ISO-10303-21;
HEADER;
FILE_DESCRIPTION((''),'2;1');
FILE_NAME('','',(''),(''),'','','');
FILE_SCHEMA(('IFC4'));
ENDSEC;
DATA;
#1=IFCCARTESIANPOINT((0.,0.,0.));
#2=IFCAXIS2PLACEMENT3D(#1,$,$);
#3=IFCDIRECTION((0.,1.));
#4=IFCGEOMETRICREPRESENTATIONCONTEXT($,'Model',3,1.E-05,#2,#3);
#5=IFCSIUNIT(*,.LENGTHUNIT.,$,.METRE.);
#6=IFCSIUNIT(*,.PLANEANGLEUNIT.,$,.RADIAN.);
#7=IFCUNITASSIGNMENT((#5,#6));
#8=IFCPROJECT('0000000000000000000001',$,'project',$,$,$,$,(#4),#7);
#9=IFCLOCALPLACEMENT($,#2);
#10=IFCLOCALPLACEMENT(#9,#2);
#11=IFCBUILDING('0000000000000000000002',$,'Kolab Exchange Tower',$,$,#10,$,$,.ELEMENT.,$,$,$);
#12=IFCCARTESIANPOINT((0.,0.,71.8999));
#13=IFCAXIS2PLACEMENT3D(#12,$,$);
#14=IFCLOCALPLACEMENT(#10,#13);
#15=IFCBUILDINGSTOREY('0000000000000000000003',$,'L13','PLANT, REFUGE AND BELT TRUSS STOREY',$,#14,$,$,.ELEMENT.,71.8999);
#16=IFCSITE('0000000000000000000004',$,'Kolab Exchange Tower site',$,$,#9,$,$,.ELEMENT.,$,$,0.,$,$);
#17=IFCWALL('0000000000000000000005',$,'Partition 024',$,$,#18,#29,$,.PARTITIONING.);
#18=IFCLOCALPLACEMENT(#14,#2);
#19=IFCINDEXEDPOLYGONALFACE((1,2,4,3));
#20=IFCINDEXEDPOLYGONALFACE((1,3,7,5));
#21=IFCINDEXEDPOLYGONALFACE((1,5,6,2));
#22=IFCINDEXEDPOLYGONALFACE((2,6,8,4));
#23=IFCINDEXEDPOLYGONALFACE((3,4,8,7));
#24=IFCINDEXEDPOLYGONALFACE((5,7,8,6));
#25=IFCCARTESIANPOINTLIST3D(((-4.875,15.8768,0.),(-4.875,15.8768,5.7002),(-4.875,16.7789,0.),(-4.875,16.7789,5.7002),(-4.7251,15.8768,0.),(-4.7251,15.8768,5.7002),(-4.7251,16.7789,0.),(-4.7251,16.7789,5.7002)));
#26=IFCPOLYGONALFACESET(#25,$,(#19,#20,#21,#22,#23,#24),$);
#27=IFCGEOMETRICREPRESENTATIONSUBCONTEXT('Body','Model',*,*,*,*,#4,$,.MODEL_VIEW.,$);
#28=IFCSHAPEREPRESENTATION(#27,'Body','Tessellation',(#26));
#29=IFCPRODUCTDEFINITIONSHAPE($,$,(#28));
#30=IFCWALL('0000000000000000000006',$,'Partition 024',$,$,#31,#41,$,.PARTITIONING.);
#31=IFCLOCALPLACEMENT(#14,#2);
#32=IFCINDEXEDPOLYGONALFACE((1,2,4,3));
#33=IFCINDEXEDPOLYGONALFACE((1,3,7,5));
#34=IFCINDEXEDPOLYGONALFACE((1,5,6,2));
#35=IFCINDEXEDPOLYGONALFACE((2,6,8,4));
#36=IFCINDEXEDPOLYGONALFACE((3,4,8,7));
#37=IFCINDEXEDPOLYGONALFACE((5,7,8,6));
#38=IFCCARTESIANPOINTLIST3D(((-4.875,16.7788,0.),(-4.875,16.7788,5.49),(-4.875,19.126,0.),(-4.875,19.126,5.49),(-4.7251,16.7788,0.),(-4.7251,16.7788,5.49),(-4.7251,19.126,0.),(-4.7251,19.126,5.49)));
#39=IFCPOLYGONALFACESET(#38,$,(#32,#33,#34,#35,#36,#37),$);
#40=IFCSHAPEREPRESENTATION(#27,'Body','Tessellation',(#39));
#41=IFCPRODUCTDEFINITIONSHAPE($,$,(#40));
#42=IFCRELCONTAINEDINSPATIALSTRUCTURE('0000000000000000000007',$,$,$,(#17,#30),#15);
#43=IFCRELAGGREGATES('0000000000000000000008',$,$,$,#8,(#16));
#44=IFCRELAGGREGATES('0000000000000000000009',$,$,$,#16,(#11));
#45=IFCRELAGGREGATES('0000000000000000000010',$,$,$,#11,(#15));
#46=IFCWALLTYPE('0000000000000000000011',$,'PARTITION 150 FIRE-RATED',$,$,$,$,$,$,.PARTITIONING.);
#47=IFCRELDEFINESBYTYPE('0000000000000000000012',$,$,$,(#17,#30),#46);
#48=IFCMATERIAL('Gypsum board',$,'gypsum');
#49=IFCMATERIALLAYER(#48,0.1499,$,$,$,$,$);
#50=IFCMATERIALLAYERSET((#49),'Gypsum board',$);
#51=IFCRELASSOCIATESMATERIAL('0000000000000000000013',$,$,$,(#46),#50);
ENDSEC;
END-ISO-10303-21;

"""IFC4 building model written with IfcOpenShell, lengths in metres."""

from ifc_helpers import new_model, si_unit, direction, frame, frame_2d, origin, place, context, subcontext, project, spatial, rectangle, extrude, material, layer, layer_set, type_object, element, save


model = new_model("IFC4")

# Units and contexts
model_context = context("Model", 3, precision=1e-05, world=origin(), true_north=direction((0.0, 1.0)))
body_context = subcontext(model_context, "Body", "Model", "MODEL_VIEW")
ifc_project = project(units=[si_unit("LENGTHUNIT", "METRE"), si_unit("PLANEANGLEUNIT", "RADIAN")], contexts=[model_context])

# Site, building, storey
site_placement = place(None, origin())
site = spatial("IfcSite", under=ifc_project, at=site_placement, Name="Kolab Exchange Tower site", CompositionType="ELEMENT", RefElevation=0.0)
building_placement = place(site_placement, origin())
building = spatial("IfcBuilding", under=site, at=building_placement, Name="Kolab Exchange Tower", CompositionType="ELEMENT")
storey_placement = place(building_placement, frame((0.0, 0.0, 71.8999)))
storey = spatial("IfcBuildingStorey", under=building, at=storey_placement, Name="L13", Description="PLANT, REFUGE AND BELT TRUSS STOREY", CompositionType="ELEMENT", Elevation=71.8999)

# Shared definitions
ifc_material_1 = material(Name="Gypsum board", Category="gypsum")
ifc_layer_1 = layer(ifc_material_1, 0.1499)
ifc_layer_set_1 = layer_set([ifc_layer_1], Name="Gypsum board")
wall_type_1 = type_object("IfcWallType", Name="PARTITION 150 FIRE-RATED", PredefinedType="PARTITIONING", material=ifc_layer_set_1)

# Walls
wall_1_placement = place(storey_placement, frame((-4.8, 15.8767, 0.0), z_axis=(0.0, 0.0, 1.0), x_axis=(0.0, 1.0, 0.0)))
element("IfcWall", 1, at=wall_1_placement, inside=storey, type_object=wall_type_1, Name="Partition 024", PredefinedType="PARTITIONING", context=body_context, shape_type="SweptSolid", body=[
    extrude(rectangle(XDim=0.9021, YDim=0.1499, at=frame_2d((0.4512, 0.0))), origin(), (0.0, 0.0, 1.0), 5.7002),
])
wall_2_placement = place(storey_placement, frame((-4.8, 16.7788, 0.0), z_axis=(0.0, 0.0, 1.0), x_axis=(0.0, 1.0, 0.0)))
element("IfcWall", 2, at=wall_2_placement, inside=storey, type_object=wall_type_1, Name="Partition 024", PredefinedType="PARTITIONING", context=body_context, shape_type="SweptSolid", body=[
    extrude(rectangle(XDim=2.3472, YDim=0.1499, at=frame_2d((1.1736, 0.0))), origin(), (0.0, 0.0, 1.0), 5.49),
])

save(model, "model.ifc")
